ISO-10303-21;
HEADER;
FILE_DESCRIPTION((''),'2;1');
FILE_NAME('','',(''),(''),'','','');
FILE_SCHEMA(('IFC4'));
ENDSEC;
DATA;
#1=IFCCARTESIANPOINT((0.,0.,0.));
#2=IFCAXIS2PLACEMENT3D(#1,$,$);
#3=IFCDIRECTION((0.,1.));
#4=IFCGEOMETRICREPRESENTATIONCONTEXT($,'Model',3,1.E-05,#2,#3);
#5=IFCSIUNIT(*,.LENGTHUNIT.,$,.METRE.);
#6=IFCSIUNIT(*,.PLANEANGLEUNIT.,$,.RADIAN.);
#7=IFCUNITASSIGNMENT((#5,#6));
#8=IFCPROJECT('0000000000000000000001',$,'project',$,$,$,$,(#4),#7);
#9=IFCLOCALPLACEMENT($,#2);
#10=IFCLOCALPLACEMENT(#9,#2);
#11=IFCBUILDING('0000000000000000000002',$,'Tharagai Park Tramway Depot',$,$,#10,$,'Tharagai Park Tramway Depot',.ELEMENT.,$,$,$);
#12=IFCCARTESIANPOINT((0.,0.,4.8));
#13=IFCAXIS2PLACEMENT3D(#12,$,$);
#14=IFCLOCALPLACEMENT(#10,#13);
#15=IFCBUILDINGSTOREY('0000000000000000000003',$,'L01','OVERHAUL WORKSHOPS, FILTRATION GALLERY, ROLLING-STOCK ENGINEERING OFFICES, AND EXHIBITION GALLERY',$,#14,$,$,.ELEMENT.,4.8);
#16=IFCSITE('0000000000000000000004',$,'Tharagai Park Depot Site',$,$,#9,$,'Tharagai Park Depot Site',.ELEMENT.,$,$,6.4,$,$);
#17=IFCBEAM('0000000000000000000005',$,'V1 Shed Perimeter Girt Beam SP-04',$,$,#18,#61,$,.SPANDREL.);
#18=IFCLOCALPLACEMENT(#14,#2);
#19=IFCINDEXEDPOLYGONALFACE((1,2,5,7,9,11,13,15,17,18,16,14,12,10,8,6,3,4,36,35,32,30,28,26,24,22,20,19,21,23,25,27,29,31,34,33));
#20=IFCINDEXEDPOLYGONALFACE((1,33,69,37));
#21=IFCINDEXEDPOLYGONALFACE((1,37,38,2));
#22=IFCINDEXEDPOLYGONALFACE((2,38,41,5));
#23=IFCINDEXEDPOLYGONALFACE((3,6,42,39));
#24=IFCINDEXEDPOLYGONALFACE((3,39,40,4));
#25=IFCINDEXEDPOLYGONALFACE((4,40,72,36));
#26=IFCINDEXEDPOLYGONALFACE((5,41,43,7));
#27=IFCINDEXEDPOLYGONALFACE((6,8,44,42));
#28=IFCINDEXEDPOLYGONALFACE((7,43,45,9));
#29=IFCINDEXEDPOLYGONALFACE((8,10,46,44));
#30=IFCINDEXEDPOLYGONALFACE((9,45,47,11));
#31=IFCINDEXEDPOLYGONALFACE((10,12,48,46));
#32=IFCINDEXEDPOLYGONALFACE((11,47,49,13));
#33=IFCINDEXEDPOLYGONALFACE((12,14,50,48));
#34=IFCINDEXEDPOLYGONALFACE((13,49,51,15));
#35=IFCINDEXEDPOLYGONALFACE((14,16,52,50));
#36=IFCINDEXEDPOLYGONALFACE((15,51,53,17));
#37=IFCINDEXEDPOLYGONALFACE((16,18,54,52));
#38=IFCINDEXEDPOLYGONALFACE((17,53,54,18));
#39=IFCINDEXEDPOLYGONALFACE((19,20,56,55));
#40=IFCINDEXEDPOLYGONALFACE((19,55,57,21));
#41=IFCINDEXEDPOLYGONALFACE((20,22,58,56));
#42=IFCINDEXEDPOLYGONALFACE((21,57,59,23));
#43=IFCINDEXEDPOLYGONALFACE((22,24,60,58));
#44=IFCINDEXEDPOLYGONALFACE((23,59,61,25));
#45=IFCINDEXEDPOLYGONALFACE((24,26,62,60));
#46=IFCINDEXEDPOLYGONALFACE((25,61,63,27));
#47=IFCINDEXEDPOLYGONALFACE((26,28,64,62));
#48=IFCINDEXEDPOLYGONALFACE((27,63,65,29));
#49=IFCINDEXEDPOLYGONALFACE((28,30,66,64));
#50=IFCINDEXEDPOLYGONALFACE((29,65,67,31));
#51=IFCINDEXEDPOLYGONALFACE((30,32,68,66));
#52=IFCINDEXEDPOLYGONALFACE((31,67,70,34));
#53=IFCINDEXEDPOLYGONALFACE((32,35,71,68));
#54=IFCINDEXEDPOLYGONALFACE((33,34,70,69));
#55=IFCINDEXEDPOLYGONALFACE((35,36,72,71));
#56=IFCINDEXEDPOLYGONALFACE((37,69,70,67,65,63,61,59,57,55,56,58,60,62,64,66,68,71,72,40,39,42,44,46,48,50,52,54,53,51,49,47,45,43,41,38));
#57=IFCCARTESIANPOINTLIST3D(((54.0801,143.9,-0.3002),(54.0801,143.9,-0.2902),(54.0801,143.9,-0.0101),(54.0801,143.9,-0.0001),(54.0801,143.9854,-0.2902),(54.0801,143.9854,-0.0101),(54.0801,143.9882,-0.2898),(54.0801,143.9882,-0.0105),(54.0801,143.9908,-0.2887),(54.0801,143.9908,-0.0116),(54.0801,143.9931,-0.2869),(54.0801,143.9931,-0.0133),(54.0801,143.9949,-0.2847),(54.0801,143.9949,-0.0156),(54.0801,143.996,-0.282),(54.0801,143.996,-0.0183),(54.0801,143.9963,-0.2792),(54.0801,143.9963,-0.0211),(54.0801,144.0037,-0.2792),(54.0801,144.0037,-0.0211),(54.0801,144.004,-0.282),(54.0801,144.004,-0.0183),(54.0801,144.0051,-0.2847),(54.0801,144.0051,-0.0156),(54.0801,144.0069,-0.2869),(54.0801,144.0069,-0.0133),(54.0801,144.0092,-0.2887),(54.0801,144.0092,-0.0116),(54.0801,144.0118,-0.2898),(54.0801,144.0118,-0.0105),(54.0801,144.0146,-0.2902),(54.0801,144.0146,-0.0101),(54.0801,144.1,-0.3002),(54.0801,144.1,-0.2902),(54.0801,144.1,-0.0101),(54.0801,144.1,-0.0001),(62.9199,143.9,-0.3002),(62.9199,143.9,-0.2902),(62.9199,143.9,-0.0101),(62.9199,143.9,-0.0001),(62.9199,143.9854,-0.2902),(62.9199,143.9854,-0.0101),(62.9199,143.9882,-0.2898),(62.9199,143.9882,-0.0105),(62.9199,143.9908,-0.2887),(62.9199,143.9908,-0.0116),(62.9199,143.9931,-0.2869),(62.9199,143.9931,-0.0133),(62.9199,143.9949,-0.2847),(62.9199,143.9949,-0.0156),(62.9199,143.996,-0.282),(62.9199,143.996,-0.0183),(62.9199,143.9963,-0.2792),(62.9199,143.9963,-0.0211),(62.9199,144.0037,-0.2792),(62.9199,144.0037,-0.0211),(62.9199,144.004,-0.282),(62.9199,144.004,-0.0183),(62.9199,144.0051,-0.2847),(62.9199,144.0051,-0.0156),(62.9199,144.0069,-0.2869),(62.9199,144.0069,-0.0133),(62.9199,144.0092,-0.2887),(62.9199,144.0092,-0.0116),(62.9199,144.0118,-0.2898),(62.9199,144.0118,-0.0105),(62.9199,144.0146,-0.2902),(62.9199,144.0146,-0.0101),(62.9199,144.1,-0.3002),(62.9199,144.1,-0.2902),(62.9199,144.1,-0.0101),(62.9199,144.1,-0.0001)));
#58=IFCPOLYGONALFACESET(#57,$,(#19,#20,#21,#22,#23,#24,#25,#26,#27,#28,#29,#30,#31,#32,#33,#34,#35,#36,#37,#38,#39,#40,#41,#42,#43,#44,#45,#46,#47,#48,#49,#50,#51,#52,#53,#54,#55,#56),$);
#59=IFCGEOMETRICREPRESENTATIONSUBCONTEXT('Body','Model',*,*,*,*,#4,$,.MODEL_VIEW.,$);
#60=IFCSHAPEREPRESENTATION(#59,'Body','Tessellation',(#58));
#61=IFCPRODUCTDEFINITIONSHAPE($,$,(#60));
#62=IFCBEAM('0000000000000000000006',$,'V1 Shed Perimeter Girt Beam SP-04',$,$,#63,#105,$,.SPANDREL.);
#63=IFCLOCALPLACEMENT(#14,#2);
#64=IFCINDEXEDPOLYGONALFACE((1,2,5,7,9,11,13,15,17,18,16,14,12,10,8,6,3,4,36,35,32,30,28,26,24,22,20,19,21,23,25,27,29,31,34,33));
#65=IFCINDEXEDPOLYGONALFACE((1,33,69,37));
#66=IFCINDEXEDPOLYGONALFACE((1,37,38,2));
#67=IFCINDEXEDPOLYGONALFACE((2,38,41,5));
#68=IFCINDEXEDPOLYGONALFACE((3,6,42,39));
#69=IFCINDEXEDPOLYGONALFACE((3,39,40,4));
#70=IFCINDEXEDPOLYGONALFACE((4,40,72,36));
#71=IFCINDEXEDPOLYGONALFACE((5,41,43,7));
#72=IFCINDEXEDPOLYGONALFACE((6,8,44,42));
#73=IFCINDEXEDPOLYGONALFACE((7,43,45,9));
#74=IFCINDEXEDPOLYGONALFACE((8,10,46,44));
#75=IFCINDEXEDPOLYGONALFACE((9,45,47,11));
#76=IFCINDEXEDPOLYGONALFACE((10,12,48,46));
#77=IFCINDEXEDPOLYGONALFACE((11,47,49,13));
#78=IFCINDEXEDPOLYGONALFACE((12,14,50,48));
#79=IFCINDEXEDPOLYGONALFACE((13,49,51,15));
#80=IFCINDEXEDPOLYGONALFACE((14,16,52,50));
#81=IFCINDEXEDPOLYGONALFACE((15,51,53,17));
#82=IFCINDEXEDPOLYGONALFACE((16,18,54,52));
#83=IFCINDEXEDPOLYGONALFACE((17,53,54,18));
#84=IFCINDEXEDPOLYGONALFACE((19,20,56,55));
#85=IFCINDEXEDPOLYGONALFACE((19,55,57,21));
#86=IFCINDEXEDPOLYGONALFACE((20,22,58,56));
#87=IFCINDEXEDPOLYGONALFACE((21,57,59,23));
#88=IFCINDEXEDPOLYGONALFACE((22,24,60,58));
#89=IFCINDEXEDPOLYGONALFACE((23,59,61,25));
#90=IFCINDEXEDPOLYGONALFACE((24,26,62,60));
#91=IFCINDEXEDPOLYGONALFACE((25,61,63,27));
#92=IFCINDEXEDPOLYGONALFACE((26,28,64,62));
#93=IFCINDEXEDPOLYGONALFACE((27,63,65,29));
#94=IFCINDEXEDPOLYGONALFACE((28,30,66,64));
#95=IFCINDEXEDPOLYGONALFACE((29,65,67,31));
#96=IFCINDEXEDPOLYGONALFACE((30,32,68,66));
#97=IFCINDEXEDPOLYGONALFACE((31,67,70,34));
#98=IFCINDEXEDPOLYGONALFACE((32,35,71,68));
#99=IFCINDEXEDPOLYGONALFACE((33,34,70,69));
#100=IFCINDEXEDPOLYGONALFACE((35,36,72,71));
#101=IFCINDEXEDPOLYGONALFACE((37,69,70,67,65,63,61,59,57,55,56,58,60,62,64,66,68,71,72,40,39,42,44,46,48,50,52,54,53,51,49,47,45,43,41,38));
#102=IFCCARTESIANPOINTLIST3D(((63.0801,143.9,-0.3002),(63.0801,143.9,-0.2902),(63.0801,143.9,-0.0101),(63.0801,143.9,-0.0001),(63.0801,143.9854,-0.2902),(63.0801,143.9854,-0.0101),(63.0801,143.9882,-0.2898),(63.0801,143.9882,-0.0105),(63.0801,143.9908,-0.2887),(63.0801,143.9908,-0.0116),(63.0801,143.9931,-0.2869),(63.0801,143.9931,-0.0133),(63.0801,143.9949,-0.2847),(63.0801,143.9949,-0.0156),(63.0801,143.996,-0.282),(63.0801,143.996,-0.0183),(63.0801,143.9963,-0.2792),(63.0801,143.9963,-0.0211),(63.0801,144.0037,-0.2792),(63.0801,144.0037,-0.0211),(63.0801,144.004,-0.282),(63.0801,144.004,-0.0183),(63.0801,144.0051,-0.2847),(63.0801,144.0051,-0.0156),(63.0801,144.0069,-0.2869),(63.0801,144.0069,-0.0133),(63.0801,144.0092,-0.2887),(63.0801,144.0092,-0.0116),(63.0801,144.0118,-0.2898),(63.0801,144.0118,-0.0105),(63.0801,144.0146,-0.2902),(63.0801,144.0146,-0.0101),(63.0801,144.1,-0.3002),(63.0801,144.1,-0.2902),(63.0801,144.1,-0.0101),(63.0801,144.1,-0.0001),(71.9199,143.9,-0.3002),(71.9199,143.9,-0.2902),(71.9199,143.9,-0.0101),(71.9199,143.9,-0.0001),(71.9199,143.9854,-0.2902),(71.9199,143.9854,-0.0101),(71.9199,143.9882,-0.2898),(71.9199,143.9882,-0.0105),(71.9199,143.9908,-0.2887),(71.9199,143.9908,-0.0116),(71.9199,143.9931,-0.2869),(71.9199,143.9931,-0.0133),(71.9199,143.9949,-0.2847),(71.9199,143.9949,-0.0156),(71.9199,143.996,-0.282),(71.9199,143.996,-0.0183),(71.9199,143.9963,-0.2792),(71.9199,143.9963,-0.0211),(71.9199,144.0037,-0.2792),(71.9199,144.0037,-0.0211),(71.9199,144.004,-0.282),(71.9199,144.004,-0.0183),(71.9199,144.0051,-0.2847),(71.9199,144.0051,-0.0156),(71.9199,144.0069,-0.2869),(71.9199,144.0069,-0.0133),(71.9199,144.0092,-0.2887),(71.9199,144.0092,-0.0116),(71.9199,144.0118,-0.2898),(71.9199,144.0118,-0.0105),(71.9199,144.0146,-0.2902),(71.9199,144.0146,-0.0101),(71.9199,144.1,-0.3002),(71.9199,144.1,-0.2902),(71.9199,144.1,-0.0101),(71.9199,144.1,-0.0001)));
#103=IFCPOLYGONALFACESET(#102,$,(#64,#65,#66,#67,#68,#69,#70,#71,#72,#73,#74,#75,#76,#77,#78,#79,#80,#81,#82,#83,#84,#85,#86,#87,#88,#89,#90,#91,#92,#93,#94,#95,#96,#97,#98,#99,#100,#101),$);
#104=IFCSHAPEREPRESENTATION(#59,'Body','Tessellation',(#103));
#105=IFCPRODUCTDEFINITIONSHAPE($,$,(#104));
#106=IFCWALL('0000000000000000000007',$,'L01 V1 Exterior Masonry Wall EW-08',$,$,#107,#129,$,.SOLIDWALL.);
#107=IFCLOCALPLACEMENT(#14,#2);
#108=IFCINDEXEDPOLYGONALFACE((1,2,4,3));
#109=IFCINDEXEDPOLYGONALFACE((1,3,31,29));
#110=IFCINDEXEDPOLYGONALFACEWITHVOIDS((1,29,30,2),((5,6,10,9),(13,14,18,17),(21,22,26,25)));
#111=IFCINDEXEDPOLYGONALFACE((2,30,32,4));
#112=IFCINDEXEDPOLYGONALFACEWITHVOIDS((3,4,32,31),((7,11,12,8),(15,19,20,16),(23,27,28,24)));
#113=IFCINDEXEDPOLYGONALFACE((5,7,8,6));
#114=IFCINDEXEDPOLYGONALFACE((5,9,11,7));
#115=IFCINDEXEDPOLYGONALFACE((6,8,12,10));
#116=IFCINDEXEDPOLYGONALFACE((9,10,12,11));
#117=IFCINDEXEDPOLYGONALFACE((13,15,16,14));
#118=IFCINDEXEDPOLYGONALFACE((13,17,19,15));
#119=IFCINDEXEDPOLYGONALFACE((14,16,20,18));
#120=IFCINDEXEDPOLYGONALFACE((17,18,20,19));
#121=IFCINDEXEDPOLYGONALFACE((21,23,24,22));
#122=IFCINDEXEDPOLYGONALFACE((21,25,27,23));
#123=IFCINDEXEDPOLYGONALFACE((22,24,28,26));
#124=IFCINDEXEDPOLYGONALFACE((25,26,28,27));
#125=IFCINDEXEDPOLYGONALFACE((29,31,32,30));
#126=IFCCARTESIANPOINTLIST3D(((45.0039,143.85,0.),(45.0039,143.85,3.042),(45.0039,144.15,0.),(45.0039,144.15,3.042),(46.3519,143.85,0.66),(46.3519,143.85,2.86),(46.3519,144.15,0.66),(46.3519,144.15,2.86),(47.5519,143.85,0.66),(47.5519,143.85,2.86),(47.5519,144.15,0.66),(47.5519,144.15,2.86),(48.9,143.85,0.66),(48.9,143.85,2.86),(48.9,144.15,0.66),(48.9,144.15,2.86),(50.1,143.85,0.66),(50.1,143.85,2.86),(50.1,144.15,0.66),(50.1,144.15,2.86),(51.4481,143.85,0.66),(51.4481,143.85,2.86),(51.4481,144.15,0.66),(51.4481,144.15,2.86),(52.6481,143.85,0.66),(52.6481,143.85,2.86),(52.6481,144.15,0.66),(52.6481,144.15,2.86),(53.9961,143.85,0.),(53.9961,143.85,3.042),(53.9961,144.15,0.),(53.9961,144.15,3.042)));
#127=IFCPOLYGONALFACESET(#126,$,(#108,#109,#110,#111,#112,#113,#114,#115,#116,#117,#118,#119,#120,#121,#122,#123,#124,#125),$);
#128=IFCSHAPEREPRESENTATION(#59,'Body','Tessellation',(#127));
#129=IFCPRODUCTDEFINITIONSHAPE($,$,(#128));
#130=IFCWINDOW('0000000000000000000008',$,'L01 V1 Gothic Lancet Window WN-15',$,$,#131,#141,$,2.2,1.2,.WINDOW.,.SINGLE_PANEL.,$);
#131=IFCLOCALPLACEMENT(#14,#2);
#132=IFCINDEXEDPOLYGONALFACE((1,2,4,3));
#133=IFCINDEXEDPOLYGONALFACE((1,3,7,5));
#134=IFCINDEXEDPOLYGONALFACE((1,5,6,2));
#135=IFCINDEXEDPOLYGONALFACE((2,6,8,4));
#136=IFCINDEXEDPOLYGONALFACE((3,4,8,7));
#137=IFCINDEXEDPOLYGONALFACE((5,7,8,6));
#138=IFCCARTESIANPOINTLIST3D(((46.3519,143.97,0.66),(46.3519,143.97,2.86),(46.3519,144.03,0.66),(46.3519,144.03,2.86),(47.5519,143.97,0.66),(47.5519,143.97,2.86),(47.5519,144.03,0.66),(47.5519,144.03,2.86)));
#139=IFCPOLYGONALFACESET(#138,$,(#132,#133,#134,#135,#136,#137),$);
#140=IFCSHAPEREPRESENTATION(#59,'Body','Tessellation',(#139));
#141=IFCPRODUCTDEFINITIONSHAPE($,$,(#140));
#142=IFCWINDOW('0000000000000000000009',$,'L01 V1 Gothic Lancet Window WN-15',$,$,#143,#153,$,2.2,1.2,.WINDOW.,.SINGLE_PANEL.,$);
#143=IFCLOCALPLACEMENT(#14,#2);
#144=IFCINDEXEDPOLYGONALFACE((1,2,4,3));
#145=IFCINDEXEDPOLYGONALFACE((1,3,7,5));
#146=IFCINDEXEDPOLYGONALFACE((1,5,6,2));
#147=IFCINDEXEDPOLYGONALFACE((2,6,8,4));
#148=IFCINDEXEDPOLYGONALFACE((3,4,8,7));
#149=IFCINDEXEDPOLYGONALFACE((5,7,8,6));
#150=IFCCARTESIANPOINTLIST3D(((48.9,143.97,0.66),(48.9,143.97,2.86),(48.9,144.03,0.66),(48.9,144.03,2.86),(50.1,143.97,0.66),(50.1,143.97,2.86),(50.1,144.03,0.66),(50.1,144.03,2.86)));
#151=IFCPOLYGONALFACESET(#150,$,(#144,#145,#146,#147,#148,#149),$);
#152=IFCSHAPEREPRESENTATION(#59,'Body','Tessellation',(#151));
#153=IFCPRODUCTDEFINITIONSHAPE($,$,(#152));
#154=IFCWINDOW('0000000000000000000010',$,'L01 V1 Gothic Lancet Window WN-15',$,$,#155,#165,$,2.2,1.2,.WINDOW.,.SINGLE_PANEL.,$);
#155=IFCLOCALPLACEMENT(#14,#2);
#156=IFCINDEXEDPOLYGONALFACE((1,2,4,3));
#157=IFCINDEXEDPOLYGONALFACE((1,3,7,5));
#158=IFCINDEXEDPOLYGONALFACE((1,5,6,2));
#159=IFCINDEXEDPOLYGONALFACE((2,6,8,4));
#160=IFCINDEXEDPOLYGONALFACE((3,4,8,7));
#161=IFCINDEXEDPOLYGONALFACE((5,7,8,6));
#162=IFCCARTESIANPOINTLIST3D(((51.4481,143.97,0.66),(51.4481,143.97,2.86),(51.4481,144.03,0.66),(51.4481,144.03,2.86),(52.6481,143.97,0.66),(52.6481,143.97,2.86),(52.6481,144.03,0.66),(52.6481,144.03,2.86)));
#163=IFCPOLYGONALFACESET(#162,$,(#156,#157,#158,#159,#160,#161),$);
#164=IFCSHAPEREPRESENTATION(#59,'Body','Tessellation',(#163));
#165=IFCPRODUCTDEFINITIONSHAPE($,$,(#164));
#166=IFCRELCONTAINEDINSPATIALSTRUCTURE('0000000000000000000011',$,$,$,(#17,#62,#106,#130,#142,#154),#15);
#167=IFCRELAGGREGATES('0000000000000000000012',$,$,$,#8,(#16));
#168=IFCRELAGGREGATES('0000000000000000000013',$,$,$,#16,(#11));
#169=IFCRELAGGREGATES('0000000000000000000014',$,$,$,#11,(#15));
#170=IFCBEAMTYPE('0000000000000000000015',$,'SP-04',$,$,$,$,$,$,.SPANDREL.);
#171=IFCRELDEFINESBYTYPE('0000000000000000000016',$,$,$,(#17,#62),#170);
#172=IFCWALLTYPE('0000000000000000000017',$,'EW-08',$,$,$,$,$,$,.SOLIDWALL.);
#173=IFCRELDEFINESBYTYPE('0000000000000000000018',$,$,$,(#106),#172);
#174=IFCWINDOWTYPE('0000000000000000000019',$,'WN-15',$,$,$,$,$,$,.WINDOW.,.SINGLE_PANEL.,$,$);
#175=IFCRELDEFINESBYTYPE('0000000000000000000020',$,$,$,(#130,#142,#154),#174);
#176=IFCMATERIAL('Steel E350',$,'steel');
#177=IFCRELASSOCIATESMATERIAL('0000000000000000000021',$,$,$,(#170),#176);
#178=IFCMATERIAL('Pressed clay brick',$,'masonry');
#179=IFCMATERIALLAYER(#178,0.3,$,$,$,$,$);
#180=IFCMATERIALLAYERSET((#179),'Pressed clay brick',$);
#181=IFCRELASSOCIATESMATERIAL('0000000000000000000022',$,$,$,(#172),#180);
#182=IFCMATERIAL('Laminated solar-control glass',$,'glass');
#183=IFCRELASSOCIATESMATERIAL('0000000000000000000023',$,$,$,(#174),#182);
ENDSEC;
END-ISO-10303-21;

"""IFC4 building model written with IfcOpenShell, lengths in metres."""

from ifc_helpers import new_model, si_unit, direction, frame, frame_2d, origin, origin_2d, place, context, subcontext, project, spatial, rectangle, i_section, extrude, material, layer, layer_set, material_profile, profile_set, type_object, element, fill, save


model = new_model("IFC4")

# Units and contexts
model_context = context("Model", 3, precision=1e-05, world=origin(), true_north=direction((0.0, 1.0)))
body_context = subcontext(model_context, "Body", "Model", "MODEL_VIEW")
ifc_project = project(units=[si_unit("LENGTHUNIT", "METRE"), si_unit("PLANEANGLEUNIT", "RADIAN")], contexts=[model_context])

# Site, building, storey
site_placement = place(None, origin())
site = spatial("IfcSite", under=ifc_project, at=site_placement, Name="Tharagai Park Depot Site", LongName="Tharagai Park Depot Site", CompositionType="ELEMENT", RefElevation=6.4)
building_placement = place(site_placement, origin())
building = spatial("IfcBuilding", under=site, at=building_placement, Name="Tharagai Park Tramway Depot", LongName="Tharagai Park Tramway Depot", CompositionType="ELEMENT")
storey_placement = place(building_placement, frame((0.0, 0.0, 4.8)))
storey = spatial("IfcBuildingStorey", under=building, at=storey_placement, Name="L01", Description="OVERHAUL WORKSHOPS, FILTRATION GALLERY, ROLLING-STOCK ENGINEERING OFFICES, AND EXHIBITION GALLERY", CompositionType="ELEMENT", Elevation=4.8)

# Shared definitions
ifc_material_1 = material(Name="Steel E350", Category="steel")

# Beams
ifc_material_profile_1 = material_profile(ifc_material_1, i_section(OverallWidth=0.2, OverallDepth=0.3, WebThickness=0.0073, FlangeThickness=0.01, FilletRadius=0.011, at=origin_2d()), Name="ISWB 300")
ifc_profile_set_1 = profile_set([ifc_material_profile_1], Name="Steel E350")
beam_type = type_object("IfcBeamType", Name="SP-04", PredefinedType="SPANDREL", material=ifc_profile_set_1)
for number, where, z_axis, x_axis, name in (
    (1, (54.0801, 144.0, -0.1501), (1.0, 0.0, 0.0), (0.0, 1.0, 0.0), "V1 Shed Perimeter Girt Beam SP-04"),
    (2, (63.0801, 144.0, -0.1501), (1.0, 0.0, 0.0), (0.0, 1.0, 0.0), "V1 Shed Perimeter Girt Beam SP-04"),
):
    element("IfcBeam", number, at=place(storey_placement, frame(where, z_axis=z_axis, x_axis=x_axis)), inside=storey, type_object=beam_type, Name=name, PredefinedType="SPANDREL", context=body_context, shape_type="SweptSolid", body=[
        extrude(i_section(OverallWidth=0.2, OverallDepth=0.3, WebThickness=0.0073, FlangeThickness=0.01, FilletRadius=0.011, at=origin_2d()), origin(), (0.0, 0.0, 1.0), 8.8398),
    ])

# Wall, openings, windows
ifc_material_2 = material(Name="Pressed clay brick", Category="masonry")
ifc_layer_1 = layer(ifc_material_2, 0.3)
ifc_layer_set_1 = layer_set([ifc_layer_1], Name="Pressed clay brick")
wall_type = type_object("IfcWallType", Name="EW-08", PredefinedType="SOLIDWALL", material=ifc_layer_set_1)
wall_1_placement = place(storey_placement, frame((45.0039, 144.0, 0.0), z_axis=(0.0, 0.0, 1.0), x_axis=(1.0, 0.0, 0.0)))
wall_1 = element("IfcWall", 3, at=wall_1_placement, inside=storey, type_object=wall_type, Name="L01 V1 Exterior Masonry Wall EW-08", PredefinedType="SOLIDWALL", context=body_context, shape_type="SweptSolid", body=[
    extrude(rectangle(XDim=8.9922, YDim=0.3, at=frame_2d((4.4961, 0.0))), origin(), (0.0, 0.0, 1.0), 3.042),
])
opening_1_placement = place(wall_1_placement, frame((1.3479, 0.0, 0.6599)))
opening_1 = element("IfcOpeningElement", 4, at=opening_1_placement, cuts=wall_1, PredefinedType="OPENING", context=body_context, shape_type="SweptSolid", body=[
    extrude(rectangle(XDim=1.2, YDim=2.2, at=frame_2d((0.6001, 1.1001))), frame((0.0, 0.1599, 0.0), z_axis=(0.0, -1.0, 0.0), x_axis=(1.0, 0.0, 0.0)), (0.0, 0.0, 1.0), 0.3201),
])
opening_2_placement = place(wall_1_placement, frame((3.896, 0.0, 0.6599)))
opening_2 = element("IfcOpeningElement", 5, at=opening_2_placement, cuts=wall_1, PredefinedType="OPENING", context=body_context, shape_type="SweptSolid", body=[
    extrude(rectangle(XDim=1.2, YDim=2.2, at=frame_2d((0.6001, 1.1001))), frame((0.0, 0.1599, 0.0), z_axis=(0.0, -1.0, 0.0), x_axis=(1.0, 0.0, 0.0)), (0.0, 0.0, 1.0), 0.3201),
])
opening_3_placement = place(wall_1_placement, frame((6.4441, 0.0, 0.6599)))
opening_3 = element("IfcOpeningElement", 6, at=opening_3_placement, cuts=wall_1, PredefinedType="OPENING", context=body_context, shape_type="SweptSolid", body=[
    extrude(rectangle(XDim=1.2, YDim=2.2, at=frame_2d((0.6001, 1.1001))), frame((0.0, 0.1599, 0.0), z_axis=(0.0, -1.0, 0.0), x_axis=(1.0, 0.0, 0.0)), (0.0, 0.0, 1.0), 0.3201),
])
ifc_material_3 = material(Name="Laminated solar-control glass", Category="glass")
window_type_1 = type_object("IfcWindowType", Name="WN-15", PartitioningType="SINGLE_PANEL", PredefinedType="WINDOW", material=ifc_material_3)
window_1_placement = place(opening_1_placement, origin())
window_1 = element("IfcWindow", 7, at=window_1_placement, inside=storey, type_object=window_type_1, Name="L01 V1 Gothic Lancet Window WN-15", OverallHeight=2.2, OverallWidth=1.2, PartitioningType="SINGLE_PANEL", PredefinedType="WINDOW", context=body_context, shape_type="SweptSolid", body=[
    extrude(rectangle(XDim=1.2, YDim=2.2, at=frame_2d((0.6001, 1.1001))), frame((0.0, 0.03, 0.0), z_axis=(0.0, -1.0, 0.0), x_axis=(1.0, 0.0, 0.0)), (0.0, 0.0, 1.0), 0.0601),
])
fill(opening_1, window_1)
window_2_placement = place(opening_2_placement, origin())
window_2 = element("IfcWindow", 8, at=window_2_placement, inside=storey, type_object=window_type_1, Name="L01 V1 Gothic Lancet Window WN-15", OverallHeight=2.2, OverallWidth=1.2, PartitioningType="SINGLE_PANEL", PredefinedType="WINDOW", context=body_context, shape_type="SweptSolid", body=[
    extrude(rectangle(XDim=1.2, YDim=2.2, at=frame_2d((0.6001, 1.1001))), frame((0.0, 0.03, 0.0), z_axis=(0.0, -1.0, 0.0), x_axis=(1.0, 0.0, 0.0)), (0.0, 0.0, 1.0), 0.0601),
])
fill(opening_2, window_2)
window_3_placement = place(opening_3_placement, origin())
window_3 = element("IfcWindow", 9, at=window_3_placement, inside=storey, type_object=window_type_1, Name="L01 V1 Gothic Lancet Window WN-15", OverallHeight=2.2, OverallWidth=1.2, PartitioningType="SINGLE_PANEL", PredefinedType="WINDOW", context=body_context, shape_type="SweptSolid", body=[
    extrude(rectangle(XDim=1.2, YDim=2.2, at=frame_2d((0.6001, 1.1001))), frame((0.0, 0.03, 0.0), z_axis=(0.0, -1.0, 0.0), x_axis=(1.0, 0.0, 0.0)), (0.0, 0.0, 1.0), 0.0601),
])
fill(opening_3, window_3)

save(model, "model.ifc")
